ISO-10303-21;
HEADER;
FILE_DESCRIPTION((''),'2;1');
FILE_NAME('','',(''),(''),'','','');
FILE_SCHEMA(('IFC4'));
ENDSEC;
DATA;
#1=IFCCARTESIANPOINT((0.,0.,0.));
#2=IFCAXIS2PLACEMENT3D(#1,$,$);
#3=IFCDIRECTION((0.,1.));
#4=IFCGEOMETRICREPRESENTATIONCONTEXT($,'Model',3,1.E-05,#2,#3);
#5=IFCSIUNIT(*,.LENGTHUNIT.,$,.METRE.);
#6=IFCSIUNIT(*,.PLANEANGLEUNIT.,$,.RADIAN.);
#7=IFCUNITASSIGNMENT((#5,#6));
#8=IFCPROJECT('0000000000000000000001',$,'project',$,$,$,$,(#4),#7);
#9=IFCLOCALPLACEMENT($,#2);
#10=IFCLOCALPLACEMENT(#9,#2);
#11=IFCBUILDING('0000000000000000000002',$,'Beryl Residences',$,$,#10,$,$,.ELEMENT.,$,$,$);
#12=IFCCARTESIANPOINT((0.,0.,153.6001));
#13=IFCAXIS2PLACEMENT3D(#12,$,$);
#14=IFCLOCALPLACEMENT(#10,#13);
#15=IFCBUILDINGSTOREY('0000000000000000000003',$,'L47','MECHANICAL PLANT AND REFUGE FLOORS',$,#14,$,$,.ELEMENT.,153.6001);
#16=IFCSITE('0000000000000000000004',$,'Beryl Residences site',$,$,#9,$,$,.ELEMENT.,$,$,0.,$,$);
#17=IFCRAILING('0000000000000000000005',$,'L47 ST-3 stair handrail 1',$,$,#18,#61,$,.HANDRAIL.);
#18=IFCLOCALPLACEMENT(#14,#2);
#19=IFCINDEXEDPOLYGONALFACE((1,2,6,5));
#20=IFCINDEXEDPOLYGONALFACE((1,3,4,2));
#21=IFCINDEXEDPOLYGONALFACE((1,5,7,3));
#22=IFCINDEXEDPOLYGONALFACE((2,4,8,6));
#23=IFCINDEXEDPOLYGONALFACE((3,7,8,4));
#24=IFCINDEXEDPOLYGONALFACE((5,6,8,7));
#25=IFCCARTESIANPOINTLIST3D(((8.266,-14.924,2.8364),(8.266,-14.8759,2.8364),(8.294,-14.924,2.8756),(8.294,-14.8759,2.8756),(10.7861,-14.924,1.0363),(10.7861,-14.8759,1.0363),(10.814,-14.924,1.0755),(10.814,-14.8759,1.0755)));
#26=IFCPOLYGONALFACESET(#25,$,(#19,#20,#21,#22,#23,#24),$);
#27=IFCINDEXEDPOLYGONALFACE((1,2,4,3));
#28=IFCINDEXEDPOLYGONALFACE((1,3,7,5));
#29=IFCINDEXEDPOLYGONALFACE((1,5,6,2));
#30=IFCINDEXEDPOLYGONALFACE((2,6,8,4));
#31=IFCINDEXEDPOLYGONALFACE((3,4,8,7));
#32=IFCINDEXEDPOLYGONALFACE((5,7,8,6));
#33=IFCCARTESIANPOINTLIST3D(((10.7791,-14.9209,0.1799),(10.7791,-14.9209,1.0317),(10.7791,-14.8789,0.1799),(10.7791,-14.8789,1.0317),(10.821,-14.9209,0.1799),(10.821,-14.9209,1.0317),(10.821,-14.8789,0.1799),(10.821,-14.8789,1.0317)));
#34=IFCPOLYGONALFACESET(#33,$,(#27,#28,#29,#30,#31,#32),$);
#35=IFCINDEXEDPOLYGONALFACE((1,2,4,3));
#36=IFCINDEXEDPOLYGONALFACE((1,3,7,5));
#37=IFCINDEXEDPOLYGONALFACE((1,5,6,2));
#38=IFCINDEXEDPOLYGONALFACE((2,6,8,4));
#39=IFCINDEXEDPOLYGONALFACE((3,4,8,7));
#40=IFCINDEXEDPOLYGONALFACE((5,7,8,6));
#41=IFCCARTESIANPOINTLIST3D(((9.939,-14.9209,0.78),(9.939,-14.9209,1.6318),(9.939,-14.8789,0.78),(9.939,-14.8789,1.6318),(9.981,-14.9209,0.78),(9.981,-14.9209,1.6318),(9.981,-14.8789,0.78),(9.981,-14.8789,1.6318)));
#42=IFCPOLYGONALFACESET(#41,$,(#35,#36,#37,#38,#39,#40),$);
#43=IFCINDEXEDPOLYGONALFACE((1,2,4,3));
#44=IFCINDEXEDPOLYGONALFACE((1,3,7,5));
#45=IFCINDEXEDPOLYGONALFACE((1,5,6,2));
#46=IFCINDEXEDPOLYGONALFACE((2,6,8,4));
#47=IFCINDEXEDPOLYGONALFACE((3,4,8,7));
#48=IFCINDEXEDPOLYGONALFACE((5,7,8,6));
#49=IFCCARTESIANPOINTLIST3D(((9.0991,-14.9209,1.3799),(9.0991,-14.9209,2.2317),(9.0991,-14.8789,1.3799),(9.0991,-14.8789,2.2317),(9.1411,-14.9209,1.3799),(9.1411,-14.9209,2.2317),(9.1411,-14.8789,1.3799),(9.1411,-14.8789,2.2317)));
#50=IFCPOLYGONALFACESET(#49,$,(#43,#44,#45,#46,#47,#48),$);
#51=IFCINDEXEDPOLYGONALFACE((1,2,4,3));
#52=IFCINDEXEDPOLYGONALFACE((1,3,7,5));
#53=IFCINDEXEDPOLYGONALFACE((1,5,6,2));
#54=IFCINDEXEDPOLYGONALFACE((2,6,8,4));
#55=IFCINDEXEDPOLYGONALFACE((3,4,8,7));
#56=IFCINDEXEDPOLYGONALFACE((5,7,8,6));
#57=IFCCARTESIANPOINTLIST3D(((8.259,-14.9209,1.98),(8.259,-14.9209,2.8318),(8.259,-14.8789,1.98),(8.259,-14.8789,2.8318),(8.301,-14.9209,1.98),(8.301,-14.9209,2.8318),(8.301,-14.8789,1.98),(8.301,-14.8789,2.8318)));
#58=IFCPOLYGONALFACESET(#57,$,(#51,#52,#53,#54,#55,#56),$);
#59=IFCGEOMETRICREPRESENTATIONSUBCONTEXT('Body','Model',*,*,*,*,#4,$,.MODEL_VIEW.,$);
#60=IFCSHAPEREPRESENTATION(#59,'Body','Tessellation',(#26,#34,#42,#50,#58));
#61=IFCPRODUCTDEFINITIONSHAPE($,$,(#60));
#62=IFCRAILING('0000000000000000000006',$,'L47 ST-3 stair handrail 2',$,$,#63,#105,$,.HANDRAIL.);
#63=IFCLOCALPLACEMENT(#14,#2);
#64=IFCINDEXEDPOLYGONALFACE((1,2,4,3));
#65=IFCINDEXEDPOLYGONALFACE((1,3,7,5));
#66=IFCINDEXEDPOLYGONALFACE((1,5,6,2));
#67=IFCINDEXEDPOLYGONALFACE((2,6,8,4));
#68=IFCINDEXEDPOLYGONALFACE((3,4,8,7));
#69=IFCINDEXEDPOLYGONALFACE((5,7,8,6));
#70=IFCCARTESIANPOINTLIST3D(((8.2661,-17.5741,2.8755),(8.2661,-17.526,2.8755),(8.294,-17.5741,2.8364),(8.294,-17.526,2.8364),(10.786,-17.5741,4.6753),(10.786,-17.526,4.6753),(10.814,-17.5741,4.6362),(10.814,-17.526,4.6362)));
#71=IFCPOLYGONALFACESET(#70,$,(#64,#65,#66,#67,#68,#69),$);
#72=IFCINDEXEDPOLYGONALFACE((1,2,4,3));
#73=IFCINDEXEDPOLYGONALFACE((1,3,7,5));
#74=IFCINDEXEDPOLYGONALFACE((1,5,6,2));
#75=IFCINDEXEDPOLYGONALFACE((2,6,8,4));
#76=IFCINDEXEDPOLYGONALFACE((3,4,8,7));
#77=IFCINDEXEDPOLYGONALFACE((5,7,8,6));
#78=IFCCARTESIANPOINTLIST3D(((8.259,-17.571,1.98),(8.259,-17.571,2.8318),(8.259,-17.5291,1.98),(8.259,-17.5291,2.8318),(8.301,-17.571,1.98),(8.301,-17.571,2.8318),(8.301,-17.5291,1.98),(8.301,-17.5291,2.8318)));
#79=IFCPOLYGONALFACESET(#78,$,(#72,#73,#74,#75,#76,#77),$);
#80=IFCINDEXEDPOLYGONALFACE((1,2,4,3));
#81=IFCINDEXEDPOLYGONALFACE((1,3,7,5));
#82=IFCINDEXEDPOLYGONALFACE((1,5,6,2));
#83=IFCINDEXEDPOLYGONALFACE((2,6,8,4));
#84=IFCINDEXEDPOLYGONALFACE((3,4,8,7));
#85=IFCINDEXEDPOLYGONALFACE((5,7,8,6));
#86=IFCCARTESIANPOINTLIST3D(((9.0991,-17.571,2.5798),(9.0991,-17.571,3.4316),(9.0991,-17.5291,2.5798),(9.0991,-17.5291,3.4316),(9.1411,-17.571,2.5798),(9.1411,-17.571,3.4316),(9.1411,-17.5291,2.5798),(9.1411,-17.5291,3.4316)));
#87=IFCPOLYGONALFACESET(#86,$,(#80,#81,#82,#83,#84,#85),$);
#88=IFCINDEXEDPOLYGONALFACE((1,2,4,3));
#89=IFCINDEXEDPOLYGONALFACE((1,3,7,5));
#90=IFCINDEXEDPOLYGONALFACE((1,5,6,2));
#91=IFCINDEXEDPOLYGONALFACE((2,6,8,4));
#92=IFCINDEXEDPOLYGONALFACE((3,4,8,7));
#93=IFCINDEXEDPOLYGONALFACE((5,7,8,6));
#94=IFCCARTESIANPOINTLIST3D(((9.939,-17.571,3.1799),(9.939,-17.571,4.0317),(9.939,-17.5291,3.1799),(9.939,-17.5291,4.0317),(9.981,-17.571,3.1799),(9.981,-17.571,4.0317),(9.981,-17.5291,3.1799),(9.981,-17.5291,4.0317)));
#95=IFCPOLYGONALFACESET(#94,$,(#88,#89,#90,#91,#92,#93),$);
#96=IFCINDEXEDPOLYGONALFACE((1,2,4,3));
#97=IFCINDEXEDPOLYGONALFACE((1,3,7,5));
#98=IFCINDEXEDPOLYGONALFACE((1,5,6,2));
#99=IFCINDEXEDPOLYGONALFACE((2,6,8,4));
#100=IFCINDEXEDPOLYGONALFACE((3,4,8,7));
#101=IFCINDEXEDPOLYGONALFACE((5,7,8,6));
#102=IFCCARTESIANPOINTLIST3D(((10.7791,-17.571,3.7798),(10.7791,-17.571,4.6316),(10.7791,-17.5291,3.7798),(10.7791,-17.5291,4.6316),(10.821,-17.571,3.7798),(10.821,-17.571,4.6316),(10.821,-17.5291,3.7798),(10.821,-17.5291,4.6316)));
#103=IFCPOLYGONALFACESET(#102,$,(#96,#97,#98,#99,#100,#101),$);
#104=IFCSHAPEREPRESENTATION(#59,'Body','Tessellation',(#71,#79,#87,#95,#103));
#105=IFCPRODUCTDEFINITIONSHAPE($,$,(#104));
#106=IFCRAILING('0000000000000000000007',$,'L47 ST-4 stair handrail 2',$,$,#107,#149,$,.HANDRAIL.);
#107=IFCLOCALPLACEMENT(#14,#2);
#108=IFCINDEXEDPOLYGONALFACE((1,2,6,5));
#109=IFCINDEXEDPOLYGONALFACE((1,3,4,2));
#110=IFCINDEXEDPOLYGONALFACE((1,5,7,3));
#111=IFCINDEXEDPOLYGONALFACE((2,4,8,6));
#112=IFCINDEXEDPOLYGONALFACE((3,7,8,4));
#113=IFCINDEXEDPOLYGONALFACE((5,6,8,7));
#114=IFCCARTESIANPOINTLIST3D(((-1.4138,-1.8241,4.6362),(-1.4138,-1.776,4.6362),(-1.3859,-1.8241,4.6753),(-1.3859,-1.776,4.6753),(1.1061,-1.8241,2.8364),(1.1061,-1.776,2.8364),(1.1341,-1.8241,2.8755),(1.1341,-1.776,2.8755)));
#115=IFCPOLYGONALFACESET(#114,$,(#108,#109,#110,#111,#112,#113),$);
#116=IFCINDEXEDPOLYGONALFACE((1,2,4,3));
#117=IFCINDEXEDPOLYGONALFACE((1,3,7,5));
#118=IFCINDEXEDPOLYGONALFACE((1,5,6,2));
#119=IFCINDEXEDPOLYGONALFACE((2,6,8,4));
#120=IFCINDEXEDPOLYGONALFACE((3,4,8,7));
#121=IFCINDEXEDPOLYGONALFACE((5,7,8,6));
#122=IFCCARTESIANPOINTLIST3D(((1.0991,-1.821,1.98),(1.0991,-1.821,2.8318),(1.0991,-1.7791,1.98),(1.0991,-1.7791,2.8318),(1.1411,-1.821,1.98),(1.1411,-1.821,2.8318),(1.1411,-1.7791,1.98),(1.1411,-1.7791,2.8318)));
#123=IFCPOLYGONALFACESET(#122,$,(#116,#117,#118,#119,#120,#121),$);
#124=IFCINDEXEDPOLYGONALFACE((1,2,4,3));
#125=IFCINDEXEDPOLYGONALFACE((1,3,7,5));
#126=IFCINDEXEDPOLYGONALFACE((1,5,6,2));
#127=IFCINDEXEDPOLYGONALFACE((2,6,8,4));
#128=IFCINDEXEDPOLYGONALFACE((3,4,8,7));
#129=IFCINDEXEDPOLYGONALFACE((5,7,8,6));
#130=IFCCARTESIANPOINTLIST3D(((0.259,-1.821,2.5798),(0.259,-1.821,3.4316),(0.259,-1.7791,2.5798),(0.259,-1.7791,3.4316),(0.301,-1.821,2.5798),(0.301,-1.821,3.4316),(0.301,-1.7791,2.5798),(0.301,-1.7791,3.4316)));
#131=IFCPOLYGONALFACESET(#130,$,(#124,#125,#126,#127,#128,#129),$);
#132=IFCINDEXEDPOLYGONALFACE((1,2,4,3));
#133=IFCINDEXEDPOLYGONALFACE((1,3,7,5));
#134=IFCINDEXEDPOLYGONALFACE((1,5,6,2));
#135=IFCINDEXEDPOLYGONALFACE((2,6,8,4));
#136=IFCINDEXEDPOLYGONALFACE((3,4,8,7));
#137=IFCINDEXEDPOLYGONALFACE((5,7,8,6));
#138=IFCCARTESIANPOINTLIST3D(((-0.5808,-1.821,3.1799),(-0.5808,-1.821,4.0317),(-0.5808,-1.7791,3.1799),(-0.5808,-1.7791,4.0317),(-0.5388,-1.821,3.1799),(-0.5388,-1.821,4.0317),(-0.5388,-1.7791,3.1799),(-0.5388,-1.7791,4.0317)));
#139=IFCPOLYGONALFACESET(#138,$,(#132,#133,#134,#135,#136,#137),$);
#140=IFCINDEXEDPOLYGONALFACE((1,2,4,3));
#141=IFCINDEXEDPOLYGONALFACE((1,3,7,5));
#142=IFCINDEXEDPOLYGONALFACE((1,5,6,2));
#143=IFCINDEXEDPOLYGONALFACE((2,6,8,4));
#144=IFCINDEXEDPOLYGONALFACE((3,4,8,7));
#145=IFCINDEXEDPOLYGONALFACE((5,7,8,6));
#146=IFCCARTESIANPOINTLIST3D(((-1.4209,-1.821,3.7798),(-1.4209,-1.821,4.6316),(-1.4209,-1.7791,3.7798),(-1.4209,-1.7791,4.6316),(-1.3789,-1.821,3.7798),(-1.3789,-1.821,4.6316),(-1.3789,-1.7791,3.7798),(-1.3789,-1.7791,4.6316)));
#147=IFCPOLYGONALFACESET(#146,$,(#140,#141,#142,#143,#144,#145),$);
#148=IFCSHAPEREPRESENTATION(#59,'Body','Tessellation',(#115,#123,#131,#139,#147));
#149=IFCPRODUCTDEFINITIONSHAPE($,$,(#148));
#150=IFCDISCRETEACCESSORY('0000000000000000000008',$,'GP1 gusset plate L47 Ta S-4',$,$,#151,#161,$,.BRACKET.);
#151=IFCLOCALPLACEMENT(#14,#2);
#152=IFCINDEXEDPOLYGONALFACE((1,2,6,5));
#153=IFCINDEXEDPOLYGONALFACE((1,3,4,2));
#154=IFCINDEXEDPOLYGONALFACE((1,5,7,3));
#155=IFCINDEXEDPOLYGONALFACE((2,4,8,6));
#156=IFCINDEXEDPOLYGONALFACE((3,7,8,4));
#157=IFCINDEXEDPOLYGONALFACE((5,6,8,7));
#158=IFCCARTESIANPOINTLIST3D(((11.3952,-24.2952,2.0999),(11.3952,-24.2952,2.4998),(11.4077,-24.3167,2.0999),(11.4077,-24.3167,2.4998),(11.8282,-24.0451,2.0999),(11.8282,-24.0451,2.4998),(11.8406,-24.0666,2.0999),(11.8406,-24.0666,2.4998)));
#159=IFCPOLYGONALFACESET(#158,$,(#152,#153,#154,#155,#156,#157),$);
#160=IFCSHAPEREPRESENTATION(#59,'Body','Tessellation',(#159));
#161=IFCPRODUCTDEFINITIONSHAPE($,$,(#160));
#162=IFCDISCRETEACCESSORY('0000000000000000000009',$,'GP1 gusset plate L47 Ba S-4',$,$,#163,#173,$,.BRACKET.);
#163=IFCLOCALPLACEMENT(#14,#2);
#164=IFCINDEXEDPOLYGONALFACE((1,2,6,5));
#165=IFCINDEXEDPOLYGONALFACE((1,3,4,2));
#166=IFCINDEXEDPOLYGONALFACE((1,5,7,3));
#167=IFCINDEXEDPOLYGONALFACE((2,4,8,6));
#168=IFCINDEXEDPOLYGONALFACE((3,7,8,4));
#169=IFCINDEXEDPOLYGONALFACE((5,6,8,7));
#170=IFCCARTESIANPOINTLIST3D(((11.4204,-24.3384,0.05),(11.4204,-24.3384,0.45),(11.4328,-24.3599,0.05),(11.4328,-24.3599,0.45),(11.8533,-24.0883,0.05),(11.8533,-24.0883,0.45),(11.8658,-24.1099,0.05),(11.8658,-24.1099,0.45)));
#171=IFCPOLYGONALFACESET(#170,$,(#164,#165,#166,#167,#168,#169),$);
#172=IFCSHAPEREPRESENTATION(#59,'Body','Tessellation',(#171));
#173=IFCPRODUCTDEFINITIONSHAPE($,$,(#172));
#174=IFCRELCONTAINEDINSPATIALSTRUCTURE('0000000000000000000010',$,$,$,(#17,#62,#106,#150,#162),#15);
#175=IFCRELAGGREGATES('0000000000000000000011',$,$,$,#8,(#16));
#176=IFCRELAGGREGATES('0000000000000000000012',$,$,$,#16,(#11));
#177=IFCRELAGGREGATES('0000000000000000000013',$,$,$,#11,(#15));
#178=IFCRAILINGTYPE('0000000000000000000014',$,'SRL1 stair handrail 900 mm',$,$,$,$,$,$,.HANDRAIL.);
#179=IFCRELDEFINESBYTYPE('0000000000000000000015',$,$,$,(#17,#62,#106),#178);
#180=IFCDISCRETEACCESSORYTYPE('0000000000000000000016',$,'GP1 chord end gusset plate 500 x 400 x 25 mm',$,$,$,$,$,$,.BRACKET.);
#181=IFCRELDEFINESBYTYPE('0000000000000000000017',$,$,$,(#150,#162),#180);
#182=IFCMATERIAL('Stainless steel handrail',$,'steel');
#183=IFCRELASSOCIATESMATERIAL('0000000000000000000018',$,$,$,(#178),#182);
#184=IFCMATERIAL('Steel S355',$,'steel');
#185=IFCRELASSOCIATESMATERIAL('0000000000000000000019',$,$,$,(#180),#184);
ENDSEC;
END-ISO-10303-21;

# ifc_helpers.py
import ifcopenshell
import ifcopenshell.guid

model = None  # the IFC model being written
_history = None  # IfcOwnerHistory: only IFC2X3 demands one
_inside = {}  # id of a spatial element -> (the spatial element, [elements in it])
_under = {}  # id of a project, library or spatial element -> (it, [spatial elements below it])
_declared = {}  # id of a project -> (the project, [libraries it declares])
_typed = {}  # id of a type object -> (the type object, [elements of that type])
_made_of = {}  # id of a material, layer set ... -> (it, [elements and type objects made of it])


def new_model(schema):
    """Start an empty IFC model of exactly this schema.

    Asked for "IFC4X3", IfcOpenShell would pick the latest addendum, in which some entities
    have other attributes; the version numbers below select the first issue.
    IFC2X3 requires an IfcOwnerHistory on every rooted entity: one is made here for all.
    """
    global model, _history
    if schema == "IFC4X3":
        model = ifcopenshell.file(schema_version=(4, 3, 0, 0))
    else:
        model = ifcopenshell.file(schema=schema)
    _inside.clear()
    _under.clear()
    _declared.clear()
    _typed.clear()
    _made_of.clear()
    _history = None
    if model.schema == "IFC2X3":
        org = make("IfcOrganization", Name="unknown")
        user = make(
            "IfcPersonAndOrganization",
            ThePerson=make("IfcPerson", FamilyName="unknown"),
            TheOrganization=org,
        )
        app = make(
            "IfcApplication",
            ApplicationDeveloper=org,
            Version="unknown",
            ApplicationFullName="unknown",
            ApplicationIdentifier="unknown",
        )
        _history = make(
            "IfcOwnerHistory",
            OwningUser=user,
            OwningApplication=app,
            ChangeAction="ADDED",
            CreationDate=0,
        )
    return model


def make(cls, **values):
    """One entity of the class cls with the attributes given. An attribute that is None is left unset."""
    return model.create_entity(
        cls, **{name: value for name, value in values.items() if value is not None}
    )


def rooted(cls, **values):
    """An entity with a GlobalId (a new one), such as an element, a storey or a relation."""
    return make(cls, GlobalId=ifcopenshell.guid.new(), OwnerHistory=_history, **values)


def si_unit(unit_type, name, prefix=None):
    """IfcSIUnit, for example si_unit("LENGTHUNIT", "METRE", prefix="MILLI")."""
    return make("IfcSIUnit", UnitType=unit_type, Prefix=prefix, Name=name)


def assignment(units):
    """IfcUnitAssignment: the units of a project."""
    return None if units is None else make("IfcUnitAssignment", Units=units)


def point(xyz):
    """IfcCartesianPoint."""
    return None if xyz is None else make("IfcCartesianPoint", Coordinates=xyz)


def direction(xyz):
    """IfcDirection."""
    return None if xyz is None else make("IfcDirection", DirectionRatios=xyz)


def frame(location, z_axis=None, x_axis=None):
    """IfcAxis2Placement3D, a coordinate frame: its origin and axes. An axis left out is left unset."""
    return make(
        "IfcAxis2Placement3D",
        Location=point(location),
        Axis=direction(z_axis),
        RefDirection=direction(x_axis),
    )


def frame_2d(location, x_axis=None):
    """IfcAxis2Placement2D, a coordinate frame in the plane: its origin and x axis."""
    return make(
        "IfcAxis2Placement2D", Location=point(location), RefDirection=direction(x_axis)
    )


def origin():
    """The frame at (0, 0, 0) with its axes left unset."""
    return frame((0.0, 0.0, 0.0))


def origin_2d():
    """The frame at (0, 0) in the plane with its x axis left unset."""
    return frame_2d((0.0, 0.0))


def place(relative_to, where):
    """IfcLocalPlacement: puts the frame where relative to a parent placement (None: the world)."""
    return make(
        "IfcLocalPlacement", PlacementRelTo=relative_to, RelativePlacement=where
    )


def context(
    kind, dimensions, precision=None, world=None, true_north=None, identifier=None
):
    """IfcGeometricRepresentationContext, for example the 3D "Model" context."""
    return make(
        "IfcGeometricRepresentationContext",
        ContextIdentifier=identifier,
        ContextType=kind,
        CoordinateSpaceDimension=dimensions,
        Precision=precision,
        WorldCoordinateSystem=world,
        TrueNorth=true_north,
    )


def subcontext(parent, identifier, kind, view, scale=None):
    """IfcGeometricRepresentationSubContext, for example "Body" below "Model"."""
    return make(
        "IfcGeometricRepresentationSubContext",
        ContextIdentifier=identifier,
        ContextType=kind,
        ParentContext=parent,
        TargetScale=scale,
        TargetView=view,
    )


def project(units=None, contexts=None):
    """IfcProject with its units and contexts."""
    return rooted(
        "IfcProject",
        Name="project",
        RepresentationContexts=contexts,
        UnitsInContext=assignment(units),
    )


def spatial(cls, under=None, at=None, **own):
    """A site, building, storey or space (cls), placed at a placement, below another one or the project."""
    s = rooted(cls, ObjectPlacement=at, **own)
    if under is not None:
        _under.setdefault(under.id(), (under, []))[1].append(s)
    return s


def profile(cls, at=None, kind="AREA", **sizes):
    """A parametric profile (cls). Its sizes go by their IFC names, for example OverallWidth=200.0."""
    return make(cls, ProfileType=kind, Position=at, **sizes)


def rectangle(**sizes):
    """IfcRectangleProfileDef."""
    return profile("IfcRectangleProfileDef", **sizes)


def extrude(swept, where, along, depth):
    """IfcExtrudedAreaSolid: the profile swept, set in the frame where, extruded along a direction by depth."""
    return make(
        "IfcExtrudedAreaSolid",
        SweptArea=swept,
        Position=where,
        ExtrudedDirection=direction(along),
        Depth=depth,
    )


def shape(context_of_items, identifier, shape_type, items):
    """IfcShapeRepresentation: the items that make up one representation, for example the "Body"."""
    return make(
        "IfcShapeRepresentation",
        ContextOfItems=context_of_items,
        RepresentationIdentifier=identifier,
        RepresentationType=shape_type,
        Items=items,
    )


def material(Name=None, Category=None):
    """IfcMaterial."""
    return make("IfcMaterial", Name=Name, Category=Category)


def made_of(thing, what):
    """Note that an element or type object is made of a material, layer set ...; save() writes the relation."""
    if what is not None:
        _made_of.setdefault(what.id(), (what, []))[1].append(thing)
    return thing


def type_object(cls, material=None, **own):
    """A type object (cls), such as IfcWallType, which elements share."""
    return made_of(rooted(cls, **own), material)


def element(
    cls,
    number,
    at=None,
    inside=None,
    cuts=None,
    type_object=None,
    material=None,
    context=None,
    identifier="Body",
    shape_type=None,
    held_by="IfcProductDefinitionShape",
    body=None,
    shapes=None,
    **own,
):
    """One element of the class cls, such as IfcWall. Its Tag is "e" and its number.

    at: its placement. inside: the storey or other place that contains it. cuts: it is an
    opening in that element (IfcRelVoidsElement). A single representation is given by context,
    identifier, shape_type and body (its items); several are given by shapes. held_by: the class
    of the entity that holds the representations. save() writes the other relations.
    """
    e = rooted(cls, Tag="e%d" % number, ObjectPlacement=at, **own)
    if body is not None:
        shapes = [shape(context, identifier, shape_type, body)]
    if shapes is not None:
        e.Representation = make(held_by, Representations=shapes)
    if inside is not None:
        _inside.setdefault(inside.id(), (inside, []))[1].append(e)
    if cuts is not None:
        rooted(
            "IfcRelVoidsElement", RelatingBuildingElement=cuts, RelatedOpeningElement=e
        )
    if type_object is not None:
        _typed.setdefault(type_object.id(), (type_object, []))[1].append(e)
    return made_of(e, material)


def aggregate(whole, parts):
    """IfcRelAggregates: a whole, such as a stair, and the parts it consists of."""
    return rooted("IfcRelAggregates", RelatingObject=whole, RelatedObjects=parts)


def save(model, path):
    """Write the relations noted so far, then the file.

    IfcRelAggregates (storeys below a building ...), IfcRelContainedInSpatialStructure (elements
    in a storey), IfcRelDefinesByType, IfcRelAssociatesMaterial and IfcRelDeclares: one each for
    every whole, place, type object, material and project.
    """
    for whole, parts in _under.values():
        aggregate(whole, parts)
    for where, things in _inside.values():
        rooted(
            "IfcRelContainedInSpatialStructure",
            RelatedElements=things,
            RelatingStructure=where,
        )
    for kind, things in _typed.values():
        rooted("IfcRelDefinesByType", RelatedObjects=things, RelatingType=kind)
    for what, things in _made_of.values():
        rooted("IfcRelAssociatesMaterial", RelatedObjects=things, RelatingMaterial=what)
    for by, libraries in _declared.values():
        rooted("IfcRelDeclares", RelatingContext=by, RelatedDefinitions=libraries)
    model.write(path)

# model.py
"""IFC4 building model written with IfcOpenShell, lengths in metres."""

from ifc_helpers import new_model, si_unit, direction, frame, origin, origin_2d, place, context, subcontext, project, spatial, rectangle, extrude, material, type_object, element, save


model = new_model("IFC4")

# Units and contexts
model_context = context("Model", 3, precision=1e-05, world=origin(), true_north=direction((0.0, 1.0)))
body_context = subcontext(model_context, "Body", "Model", "MODEL_VIEW")
ifc_project = project(units=[si_unit("LENGTHUNIT", "METRE"), si_unit("PLANEANGLEUNIT", "RADIAN")], contexts=[model_context])

# Site, building, storey
site_placement = place(None, origin())
site = spatial("IfcSite", under=ifc_project, at=site_placement, Name="Beryl Residences site", CompositionType="ELEMENT", RefElevation=0.0)
building_placement = place(site_placement, origin())
building = spatial("IfcBuilding", under=site, at=building_placement, Name="Beryl Residences", CompositionType="ELEMENT")
storey_placement = place(building_placement, frame((0.0, 0.0, 153.6001)))
storey = spatial("IfcBuildingStorey", under=building, at=storey_placement, Name="L47", Description="MECHANICAL PLANT AND REFUGE FLOORS", CompositionType="ELEMENT", Elevation=153.6001)

# Railings
ifc_material_1 = material(Name="Stainless steel handrail", Category="steel")
railing_type_1 = type_object("IfcRailingType", Name="SRL1 stair handrail 900 mm", PredefinedType="HANDRAIL", material=ifc_material_1)
railing_1_placement = place(storey_placement, frame((10.8, -14.8999, 0.1799)))
element("IfcRailing", 1, at=railing_1_placement, inside=storey, type_object=railing_type_1, Name="L47 ST-3 stair handrail 1", PredefinedType="HANDRAIL", context=body_context, shape_type="SweptSolid", body=[
    extrude(rectangle(XDim=0.0481, YDim=0.0481, at=origin_2d()), frame((0.0, 0.0, 0.876), z_axis=(-0.813728, 0.0, 0.581246), x_axis=(0.0, -1.0, 0.0)), (0.0, 0.0, 1.0), 3.0969),
    extrude(rectangle(XDim=0.042, YDim=0.042, at=origin_2d()), origin(), (0.0, 0.0, 1.0), 0.8518),
    extrude(rectangle(XDim=0.042, YDim=0.042, at=origin_2d()), frame((-0.8401, 0.0, 0.6001)), (0.0, 0.0, 1.0), 0.8518),
    extrude(rectangle(XDim=0.042, YDim=0.042, at=origin_2d()), frame((-1.6799, 0.0, 1.2)), (0.0, 0.0, 1.0), 0.8518),
    extrude(rectangle(XDim=0.042, YDim=0.042, at=origin_2d()), frame((-2.52, 0.0, 1.8)), (0.0, 0.0, 1.0), 0.8518),
])
railing_2_placement = place(storey_placement, frame((8.28, -17.55, 1.98)))
element("IfcRailing", 2, at=railing_2_placement, inside=storey, type_object=railing_type_1, Name="L47 ST-3 stair handrail 2", PredefinedType="HANDRAIL", context=body_context, shape_type="SweptSolid", body=[
    extrude(rectangle(XDim=0.0481, YDim=0.0481, at=origin_2d()), frame((0.0, 0.0, 0.876), z_axis=(0.813765, 0.0, 0.581193), x_axis=(0.0, 1.0, 0.0)), (0.0, 0.0, 1.0), 3.0967),
    extrude(rectangle(XDim=0.042, YDim=0.042, at=origin_2d()), origin(), (0.0, 0.0, 1.0), 0.8518),
    extrude(rectangle(XDim=0.042, YDim=0.042, at=origin_2d()), frame((0.8401, 0.0, 0.5999)), (0.0, 0.0, 1.0), 0.8518),
    extrude(rectangle(XDim=0.042, YDim=0.042, at=origin_2d()), frame((1.6799, 0.0, 1.2)), (0.0, 0.0, 1.0), 0.8518),
    extrude(rectangle(XDim=0.042, YDim=0.042, at=origin_2d()), frame((2.52, 0.0, 1.7998)), (0.0, 0.0, 1.0), 0.8518),
])
railing_3_placement = place(storey_placement, frame((1.1201, -1.8, 1.98)))
element("IfcRailing", 3, at=railing_3_placement, inside=storey, type_object=railing_type_1, Name="L47 ST-4 stair handrail 2", PredefinedType="HANDRAIL", context=body_context, shape_type="SweptSolid", body=[
    extrude(rectangle(XDim=0.0481, YDim=0.0481, at=origin_2d()), frame((0.0, 0.0, 0.876), z_axis=(-0.813765, 0.0, 0.581193), x_axis=(0.0, -1.0, 0.0)), (0.0, 0.0, 1.0), 3.0967),
    extrude(rectangle(XDim=0.042, YDim=0.042, at=origin_2d()), origin(), (0.0, 0.0, 1.0), 0.8518),
    extrude(rectangle(XDim=0.042, YDim=0.042, at=origin_2d()), frame((-0.8401, 0.0, 0.5999)), (0.0, 0.0, 1.0), 0.8518),
    extrude(rectangle(XDim=0.042, YDim=0.042, at=origin_2d()), frame((-1.6799, 0.0, 1.2)), (0.0, 0.0, 1.0), 0.8518),
    extrude(rectangle(XDim=0.042, YDim=0.042, at=origin_2d()), frame((-2.52, 0.0, 1.7998)), (0.0, 0.0, 1.0), 0.8518),
])

# Discrete accessories
ifc_material_2 = material(Name="Steel S355", Category="steel")
discrete_accessory_type = type_object("IfcDiscreteAccessoryType", Name="GP1 chord end gusset plate 500 x 400 x 25 mm", PredefinedType="BRACKET", material=ifc_material_2)
for number, where, z_axis, x_axis, name in (
    (4, (11.6179, -24.1809, 2.0999), (0.0, 0.0, 1.0), (0.865919, 0.500184, 0.0), "GP1 gusset plate L47 Ta S-4"),
    (5, (11.6431, -24.2241, 0.05), (0.0, 0.0, 1.0), (0.865919, 0.500184, 0.0), "GP1 gusset plate L47 Ba S-4"),
):
    element("IfcDiscreteAccessory", number, at=place(storey_placement, frame(where, z_axis=z_axis, x_axis=x_axis)), inside=storey, type_object=discrete_accessory_type, Name=name, PredefinedType="BRACKET", context=body_context, shape_type="SweptSolid", body=[
        extrude(rectangle(XDim=0.5, YDim=0.0249, at=origin_2d()), origin(), (0.0, 0.0, 1.0), 0.3999),
    ])

save(model, "model.ifc")
